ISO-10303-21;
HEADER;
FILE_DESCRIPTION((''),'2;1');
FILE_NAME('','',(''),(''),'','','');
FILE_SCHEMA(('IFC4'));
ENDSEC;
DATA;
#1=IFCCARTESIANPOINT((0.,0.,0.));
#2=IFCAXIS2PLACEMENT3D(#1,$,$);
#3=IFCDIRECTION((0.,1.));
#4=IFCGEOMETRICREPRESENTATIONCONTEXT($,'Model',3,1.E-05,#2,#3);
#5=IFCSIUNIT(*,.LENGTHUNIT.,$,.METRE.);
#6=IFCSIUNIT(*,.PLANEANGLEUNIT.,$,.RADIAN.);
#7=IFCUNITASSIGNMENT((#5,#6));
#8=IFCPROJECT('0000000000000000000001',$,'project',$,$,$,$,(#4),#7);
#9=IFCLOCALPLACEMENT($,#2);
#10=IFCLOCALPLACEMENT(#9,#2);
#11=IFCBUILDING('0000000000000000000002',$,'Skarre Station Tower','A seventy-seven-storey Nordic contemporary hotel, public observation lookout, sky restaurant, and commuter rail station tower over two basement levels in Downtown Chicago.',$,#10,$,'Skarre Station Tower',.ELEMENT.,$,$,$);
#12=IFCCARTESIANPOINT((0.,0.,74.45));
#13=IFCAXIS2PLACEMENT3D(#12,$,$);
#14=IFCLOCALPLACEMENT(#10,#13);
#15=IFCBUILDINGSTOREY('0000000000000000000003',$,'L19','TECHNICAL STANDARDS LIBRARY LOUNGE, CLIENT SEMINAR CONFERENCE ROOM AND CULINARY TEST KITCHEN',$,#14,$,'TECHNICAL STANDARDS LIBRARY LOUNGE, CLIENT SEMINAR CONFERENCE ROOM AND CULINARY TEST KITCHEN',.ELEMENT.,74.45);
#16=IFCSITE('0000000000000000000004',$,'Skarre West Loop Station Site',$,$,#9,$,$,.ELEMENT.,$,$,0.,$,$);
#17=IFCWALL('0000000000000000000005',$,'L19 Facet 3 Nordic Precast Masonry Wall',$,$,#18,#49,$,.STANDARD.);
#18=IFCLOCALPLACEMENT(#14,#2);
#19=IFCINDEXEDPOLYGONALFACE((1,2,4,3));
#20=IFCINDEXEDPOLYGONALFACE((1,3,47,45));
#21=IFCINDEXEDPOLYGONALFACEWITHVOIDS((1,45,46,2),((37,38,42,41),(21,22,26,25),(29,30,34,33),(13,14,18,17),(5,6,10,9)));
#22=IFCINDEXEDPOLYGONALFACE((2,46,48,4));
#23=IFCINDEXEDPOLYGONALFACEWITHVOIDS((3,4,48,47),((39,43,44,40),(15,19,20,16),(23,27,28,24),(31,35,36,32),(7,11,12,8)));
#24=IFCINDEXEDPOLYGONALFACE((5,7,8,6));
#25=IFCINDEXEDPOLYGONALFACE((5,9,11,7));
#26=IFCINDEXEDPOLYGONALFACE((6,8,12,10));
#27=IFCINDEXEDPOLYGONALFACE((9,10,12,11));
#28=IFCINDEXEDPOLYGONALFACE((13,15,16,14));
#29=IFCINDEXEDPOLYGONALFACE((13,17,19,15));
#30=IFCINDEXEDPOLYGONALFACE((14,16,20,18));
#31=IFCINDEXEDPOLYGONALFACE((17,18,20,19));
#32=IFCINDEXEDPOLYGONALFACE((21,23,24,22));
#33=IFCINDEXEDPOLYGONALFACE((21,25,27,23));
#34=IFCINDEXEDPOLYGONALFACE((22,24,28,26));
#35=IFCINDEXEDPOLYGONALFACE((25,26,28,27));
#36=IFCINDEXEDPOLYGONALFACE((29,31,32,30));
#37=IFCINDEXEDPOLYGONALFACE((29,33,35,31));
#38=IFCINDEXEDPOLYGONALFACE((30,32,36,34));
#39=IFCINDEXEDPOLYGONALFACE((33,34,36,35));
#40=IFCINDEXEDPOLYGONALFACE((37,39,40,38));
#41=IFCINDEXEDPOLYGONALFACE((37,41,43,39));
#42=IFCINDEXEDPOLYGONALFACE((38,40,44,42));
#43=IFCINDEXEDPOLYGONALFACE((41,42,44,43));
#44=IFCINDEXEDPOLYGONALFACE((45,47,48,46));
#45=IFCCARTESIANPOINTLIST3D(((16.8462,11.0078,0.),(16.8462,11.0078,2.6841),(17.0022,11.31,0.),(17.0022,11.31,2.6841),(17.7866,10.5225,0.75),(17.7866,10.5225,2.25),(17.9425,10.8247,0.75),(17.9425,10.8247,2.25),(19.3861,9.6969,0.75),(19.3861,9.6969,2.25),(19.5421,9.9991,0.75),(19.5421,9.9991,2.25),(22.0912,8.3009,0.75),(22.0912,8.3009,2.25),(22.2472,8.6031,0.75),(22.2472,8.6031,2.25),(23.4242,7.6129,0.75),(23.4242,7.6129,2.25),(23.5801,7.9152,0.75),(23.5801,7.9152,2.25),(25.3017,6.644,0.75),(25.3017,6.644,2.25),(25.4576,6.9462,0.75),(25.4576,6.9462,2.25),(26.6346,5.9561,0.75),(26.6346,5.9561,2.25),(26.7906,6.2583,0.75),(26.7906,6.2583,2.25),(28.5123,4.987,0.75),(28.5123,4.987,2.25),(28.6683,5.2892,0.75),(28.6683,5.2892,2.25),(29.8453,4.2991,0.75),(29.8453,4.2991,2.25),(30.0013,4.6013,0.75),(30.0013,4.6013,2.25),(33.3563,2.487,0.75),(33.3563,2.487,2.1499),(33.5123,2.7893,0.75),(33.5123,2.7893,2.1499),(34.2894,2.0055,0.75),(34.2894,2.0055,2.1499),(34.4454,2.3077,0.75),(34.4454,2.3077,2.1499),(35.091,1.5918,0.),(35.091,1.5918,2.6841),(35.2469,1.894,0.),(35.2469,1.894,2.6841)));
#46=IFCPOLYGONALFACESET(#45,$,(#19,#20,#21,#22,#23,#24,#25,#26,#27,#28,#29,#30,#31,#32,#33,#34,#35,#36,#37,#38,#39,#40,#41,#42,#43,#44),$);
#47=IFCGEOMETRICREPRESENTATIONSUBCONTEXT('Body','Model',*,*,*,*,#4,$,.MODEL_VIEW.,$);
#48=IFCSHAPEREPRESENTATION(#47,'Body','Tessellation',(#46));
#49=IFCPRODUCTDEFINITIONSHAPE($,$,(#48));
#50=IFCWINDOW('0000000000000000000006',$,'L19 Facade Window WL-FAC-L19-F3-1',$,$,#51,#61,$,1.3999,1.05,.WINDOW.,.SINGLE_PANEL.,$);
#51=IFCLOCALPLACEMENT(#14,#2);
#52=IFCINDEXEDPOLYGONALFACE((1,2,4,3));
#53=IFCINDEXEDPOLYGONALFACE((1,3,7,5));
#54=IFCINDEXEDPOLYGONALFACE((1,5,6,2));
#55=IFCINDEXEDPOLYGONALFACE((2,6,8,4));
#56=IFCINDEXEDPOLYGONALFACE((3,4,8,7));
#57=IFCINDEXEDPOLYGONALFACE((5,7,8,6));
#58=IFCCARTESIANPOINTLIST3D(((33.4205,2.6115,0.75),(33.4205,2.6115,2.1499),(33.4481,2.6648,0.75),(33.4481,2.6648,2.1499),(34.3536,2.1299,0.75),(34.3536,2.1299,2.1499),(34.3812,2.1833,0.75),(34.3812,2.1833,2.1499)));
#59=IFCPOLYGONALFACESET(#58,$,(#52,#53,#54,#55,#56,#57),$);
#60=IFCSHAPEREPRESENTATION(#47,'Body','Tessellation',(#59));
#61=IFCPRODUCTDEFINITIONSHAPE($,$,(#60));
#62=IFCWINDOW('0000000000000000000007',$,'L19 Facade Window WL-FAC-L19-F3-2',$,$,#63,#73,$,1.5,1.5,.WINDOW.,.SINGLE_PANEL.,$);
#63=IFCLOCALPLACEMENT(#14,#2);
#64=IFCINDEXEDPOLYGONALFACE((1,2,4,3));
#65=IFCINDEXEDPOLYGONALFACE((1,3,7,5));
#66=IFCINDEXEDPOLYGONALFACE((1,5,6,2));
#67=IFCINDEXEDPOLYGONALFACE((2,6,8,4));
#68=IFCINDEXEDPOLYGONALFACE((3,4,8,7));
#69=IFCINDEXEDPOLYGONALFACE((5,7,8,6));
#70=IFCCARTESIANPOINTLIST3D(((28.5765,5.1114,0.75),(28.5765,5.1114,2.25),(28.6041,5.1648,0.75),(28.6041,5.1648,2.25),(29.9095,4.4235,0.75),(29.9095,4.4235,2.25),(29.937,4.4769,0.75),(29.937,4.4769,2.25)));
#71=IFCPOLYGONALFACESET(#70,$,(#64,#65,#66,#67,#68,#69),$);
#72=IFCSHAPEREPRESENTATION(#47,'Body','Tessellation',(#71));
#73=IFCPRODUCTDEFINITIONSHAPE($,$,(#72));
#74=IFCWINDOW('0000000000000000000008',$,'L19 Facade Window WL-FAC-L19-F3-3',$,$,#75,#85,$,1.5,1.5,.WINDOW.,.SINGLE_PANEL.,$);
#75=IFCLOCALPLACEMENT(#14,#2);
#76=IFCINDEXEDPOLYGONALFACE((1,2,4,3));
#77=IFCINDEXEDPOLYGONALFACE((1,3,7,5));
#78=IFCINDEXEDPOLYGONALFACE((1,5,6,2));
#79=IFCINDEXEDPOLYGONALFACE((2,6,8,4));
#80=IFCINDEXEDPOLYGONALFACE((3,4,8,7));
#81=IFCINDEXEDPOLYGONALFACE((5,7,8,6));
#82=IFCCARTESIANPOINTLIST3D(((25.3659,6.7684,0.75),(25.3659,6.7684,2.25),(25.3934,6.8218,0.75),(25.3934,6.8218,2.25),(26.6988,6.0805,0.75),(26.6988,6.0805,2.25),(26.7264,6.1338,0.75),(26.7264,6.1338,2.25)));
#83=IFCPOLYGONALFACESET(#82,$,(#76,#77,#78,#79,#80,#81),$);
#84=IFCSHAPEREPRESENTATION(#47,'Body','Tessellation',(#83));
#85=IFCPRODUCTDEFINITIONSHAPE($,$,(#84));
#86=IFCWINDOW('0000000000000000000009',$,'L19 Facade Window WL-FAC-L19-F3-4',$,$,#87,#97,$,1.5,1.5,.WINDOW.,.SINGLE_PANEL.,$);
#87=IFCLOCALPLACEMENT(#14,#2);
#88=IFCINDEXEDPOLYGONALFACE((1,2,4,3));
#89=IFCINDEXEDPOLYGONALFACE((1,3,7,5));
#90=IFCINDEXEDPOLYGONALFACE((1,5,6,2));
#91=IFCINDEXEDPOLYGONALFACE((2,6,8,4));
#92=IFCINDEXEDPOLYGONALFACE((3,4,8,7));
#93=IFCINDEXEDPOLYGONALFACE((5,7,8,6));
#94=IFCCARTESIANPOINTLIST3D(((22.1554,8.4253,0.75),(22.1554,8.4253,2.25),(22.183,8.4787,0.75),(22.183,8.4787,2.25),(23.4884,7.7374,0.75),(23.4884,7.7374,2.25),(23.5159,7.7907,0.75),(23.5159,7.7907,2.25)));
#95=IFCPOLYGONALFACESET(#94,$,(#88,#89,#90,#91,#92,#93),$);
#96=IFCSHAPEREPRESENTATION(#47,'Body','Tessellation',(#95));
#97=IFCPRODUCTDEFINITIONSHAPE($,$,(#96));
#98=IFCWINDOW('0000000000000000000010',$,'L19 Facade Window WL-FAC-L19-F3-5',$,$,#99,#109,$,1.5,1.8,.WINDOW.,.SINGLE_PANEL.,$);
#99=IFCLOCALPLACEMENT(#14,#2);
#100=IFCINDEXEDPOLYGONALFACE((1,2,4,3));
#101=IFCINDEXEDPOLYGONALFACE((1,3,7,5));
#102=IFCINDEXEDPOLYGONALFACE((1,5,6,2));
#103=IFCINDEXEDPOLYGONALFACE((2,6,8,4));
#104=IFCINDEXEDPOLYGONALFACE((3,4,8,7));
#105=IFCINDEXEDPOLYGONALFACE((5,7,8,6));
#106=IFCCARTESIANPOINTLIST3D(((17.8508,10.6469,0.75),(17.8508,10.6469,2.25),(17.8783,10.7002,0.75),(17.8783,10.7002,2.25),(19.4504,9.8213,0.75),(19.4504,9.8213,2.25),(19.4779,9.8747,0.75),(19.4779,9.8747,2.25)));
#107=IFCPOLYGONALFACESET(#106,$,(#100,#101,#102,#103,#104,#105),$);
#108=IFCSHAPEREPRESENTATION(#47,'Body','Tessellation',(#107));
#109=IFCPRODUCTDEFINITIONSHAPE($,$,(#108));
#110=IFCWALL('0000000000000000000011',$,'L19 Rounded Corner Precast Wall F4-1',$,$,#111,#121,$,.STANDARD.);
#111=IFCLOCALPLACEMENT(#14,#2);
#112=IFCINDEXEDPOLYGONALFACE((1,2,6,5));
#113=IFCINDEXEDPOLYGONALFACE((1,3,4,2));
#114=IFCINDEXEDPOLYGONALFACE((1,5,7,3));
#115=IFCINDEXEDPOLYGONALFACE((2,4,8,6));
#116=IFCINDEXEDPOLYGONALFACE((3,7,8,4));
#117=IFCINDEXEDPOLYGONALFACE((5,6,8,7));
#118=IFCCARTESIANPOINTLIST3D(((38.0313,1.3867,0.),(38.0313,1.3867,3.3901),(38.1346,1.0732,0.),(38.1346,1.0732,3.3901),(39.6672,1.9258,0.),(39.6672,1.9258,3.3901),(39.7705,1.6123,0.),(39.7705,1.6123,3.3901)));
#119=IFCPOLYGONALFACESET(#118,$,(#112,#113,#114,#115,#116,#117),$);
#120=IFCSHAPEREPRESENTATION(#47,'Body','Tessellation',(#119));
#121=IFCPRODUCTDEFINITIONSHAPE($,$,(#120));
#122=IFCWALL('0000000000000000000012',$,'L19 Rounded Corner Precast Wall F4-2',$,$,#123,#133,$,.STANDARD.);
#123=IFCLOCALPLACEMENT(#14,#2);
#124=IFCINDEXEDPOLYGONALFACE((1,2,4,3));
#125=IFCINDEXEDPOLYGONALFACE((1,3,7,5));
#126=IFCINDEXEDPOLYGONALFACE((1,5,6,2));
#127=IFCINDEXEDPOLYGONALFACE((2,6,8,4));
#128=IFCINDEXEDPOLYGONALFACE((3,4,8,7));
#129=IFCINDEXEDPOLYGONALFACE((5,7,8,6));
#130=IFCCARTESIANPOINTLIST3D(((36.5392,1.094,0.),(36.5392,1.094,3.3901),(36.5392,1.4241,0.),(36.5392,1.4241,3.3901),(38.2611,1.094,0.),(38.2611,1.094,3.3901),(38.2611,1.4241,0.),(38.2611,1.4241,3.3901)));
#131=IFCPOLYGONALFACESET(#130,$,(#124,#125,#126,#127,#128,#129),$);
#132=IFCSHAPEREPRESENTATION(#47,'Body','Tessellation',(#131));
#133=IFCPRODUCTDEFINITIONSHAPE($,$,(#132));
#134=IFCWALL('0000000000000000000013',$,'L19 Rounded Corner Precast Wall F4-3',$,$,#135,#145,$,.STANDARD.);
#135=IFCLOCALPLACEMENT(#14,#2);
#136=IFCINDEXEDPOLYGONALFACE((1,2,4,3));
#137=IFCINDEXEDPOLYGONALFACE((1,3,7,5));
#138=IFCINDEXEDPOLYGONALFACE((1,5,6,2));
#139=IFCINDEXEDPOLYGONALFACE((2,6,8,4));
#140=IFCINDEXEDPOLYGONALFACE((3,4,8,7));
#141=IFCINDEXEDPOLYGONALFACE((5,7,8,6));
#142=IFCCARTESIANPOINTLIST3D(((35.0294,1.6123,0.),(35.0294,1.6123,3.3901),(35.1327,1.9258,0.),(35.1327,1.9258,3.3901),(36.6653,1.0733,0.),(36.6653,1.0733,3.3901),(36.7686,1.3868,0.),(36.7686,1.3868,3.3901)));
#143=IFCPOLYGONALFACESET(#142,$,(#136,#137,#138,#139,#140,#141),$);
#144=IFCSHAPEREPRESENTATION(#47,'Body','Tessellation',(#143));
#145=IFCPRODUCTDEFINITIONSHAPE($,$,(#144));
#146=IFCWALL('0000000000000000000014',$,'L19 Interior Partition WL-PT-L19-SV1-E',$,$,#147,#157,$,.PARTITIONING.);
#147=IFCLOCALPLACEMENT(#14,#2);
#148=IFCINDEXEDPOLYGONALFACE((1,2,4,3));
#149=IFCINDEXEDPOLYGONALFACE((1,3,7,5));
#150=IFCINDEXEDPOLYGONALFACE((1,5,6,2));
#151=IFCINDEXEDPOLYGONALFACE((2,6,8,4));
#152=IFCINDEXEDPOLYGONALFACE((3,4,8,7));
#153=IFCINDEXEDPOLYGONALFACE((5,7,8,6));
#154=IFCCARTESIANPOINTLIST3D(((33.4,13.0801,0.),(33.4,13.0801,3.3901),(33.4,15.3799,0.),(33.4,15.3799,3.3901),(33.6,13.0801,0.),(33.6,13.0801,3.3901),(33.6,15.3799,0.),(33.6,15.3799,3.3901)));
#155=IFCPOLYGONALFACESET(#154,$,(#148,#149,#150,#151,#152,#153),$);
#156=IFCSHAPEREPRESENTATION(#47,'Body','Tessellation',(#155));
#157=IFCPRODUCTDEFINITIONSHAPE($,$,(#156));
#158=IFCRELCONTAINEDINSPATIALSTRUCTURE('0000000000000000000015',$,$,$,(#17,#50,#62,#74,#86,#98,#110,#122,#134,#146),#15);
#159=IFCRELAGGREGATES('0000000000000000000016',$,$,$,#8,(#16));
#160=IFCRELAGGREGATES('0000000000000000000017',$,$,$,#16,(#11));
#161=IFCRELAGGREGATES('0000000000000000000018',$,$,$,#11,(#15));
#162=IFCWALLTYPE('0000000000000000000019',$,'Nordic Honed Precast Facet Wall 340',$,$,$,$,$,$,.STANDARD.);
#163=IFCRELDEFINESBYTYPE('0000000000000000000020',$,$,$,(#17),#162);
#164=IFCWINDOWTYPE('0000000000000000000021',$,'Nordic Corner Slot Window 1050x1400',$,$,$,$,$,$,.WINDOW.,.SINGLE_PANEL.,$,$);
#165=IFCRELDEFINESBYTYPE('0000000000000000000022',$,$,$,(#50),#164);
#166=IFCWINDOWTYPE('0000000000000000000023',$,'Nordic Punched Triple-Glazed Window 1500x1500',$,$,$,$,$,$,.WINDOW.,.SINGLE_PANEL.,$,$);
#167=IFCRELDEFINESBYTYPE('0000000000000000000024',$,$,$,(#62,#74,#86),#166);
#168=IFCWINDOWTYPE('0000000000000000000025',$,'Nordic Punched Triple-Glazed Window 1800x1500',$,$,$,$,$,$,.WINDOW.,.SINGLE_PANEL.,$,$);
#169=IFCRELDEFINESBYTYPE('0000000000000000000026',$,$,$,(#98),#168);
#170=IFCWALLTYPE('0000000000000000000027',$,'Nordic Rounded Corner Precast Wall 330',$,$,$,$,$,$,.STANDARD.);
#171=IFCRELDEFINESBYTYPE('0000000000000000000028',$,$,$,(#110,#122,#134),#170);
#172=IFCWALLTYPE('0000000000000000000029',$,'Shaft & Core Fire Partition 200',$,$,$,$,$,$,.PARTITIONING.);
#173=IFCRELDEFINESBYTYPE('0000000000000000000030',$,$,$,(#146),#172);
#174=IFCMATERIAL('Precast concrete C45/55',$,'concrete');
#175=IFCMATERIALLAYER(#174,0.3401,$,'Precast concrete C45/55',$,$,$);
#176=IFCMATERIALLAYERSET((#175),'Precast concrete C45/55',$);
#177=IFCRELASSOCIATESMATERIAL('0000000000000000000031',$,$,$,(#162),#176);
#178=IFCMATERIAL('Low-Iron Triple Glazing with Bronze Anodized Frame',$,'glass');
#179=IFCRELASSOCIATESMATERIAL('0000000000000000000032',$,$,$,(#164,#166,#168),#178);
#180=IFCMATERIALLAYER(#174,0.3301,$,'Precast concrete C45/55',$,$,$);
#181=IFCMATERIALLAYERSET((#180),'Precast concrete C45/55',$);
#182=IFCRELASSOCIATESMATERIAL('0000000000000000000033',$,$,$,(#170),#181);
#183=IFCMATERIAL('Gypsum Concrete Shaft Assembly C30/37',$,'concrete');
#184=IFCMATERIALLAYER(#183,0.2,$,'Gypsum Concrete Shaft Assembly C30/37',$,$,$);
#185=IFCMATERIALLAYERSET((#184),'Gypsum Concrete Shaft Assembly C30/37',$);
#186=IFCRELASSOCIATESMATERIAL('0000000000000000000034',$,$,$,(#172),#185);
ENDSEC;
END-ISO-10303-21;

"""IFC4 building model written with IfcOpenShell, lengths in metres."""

from ifc_helpers import new_model, si_unit, direction, frame, frame_2d, origin, place, context, subcontext, project, spatial, rectangle, extrude, material, layer, layer_set, type_object, element, fill, save


model = new_model("IFC4")

# Units and contexts
model_context = context("Model", 3, precision=1e-05, world=origin(), true_north=direction((0.0, 1.0)))
body_context = subcontext(model_context, "Body", "Model", "MODEL_VIEW")
ifc_project = project(units=[si_unit("LENGTHUNIT", "METRE"), si_unit("PLANEANGLEUNIT", "RADIAN")], contexts=[model_context])

# Site, building, storey
site_placement = place(None, origin())
site = spatial("IfcSite", under=ifc_project, at=site_placement, Name="Skarre West Loop Station Site", CompositionType="ELEMENT", RefElevation=0.0)
building_placement = place(site_placement, origin())
building = spatial("IfcBuilding", under=site, at=building_placement, Name="Skarre Station Tower", Description="A seventy-seven-storey Nordic contemporary hotel, public observation lookout, sky restaurant, and commuter rail station tower over two basement levels in Downtown Chicago.", LongName="Skarre Station Tower", CompositionType="ELEMENT")
storey_placement = place(building_placement, frame((0.0, 0.0, 74.45)))
storey = spatial("IfcBuildingStorey", under=building, at=storey_placement, Name="L19", Description="TECHNICAL STANDARDS LIBRARY LOUNGE, CLIENT SEMINAR CONFERENCE ROOM AND CULINARY TEST KITCHEN", LongName="TECHNICAL STANDARDS LIBRARY LOUNGE, CLIENT SEMINAR CONFERENCE ROOM AND CULINARY TEST KITCHEN", CompositionType="ELEMENT", Elevation=74.45)

# Wall, openings, windows
ifc_material_1 = material(Name="Precast concrete C45/55", Category="concrete")
ifc_layer_1 = layer(ifc_material_1, 0.3401, Name="Precast concrete C45/55")
ifc_layer_set_1 = layer_set([ifc_layer_1], Name="Precast concrete C45/55")
wall_type_1 = type_object("IfcWallType", Name="Nordic Honed Precast Facet Wall 340", PredefinedType="STANDARD", material=ifc_layer_set_1)
wall_1_placement = place(storey_placement, frame((35.1689, 1.7429, 0.0), z_axis=(0.0, 0.0, 1.0), x_axis=(-0.888634, 0.458616, 0.0)))
wall_1 = element("IfcWall", 1, at=wall_1_placement, inside=storey, type_object=wall_type_1, Name="L19 Facet 3 Nordic Precast Masonry Wall", PredefinedType="STANDARD", context=body_context, shape_type="SweptSolid", body=[
    extrude(rectangle(XDim=20.5312, YDim=0.3401, at=frame_2d((10.2656, 0.0))), origin(), (0.0, 0.0, 1.0), 2.6841),
])
opening_1_placement = place(wall_1_placement, frame((0.9021, 0.0, 0.75)))
opening_1 = element("IfcOpeningElement", 2, at=opening_1_placement, cuts=wall_1, PredefinedType="OPENING", context=body_context, shape_type="SweptSolid", body=[
    extrude(rectangle(XDim=1.05, YDim=1.3999, at=frame_2d((0.5249, 0.7))), frame((0.0, 0.1799, 0.0), z_axis=(0.0, -1.0, 0.0), x_axis=(1.0, 0.0, 0.0)), (0.0, 0.0, 1.0), 0.3601),
])
opening_2_placement = place(wall_1_placement, frame((5.9031, 0.0, 0.75)))
opening_2 = element("IfcOpeningElement", 3, at=opening_2_placement, cuts=wall_1, PredefinedType="OPENING", context=body_context, shape_type="SweptSolid", body=[
    extrude(rectangle(XDim=1.5, YDim=1.5, at=frame_2d((0.75, 0.75))), frame((0.0, 0.1799, 0.0), z_axis=(0.0, -1.0, 0.0), x_axis=(1.0, 0.0, 0.0)), (0.0, 0.0, 1.0), 0.3601),
])
opening_3_placement = place(wall_1_placement, frame((9.5161, 0.0, 0.75)))
opening_3 = element("IfcOpeningElement", 4, at=opening_3_placement, cuts=wall_1, PredefinedType="OPENING", context=body_context, shape_type="SweptSolid", body=[
    extrude(rectangle(XDim=1.5, YDim=1.5, at=frame_2d((0.75, 0.75))), frame((0.0, 0.1799, 0.0), z_axis=(0.0, -1.0, 0.0), x_axis=(1.0, 0.0, 0.0)), (0.0, 0.0, 1.0), 0.3601),
])
opening_4_placement = place(wall_1_placement, frame((13.1289, 0.0, 0.75)))
opening_4 = element("IfcOpeningElement", 5, at=opening_4_placement, cuts=wall_1, PredefinedType="OPENING", context=body_context, shape_type="SweptSolid", body=[
    extrude(rectangle(XDim=1.5, YDim=1.5, at=frame_2d((0.75, 0.75))), frame((0.0, 0.1799, 0.0), z_axis=(0.0, -1.0, 0.0), x_axis=(1.0, 0.0, 0.0)), (0.0, 0.0, 1.0), 0.3601),
])
opening_5_placement = place(wall_1_placement, frame((17.6731, 0.0, 0.75)))
opening_5 = element("IfcOpeningElement", 6, at=opening_5_placement, cuts=wall_1, PredefinedType="OPENING", context=body_context, shape_type="SweptSolid", body=[
    extrude(rectangle(XDim=1.8, YDim=1.5, at=frame_2d((0.8999, 0.75))), frame((0.0, 0.1799, 0.0), z_axis=(0.0, -1.0, 0.0), x_axis=(1.0, 0.0, 0.0)), (0.0, 0.0, 1.0), 0.3601),
])
ifc_material_2 = material(Name="Low-Iron Triple Glazing with Bronze Anodized Frame", Category="glass")
window_type_1 = type_object("IfcWindowType", Name="Nordic Corner Slot Window 1050x1400", PartitioningType="SINGLE_PANEL", PredefinedType="WINDOW", material=ifc_material_2)
window_1_placement = place(opening_1_placement, origin())
window_1 = element("IfcWindow", 7, at=window_1_placement, inside=storey, type_object=window_type_1, Name="L19 Facade Window WL-FAC-L19-F3-1", OverallHeight=1.3999, OverallWidth=1.05, PartitioningType="SINGLE_PANEL", PredefinedType="WINDOW", context=body_context, shape_type="SweptSolid", body=[
    extrude(rectangle(XDim=1.05, YDim=1.3999, at=frame_2d((0.5249, 0.7))), frame((0.0, 0.03, 0.0), z_axis=(0.0, -1.0, 0.0), x_axis=(1.0, 0.0, 0.0)), (0.0, 0.0, 1.0), 0.0601),
])
fill(opening_1, window_1)
window_type_2 = type_object("IfcWindowType", Name="Nordic Punched Triple-Glazed Window 1500x1500", PartitioningType="SINGLE_PANEL", PredefinedType="WINDOW", material=ifc_material_2)
window_2_placement = place(opening_2_placement, origin())
window_2 = element("IfcWindow", 8, at=window_2_placement, inside=storey, type_object=window_type_2, Name="L19 Facade Window WL-FAC-L19-F3-2", OverallHeight=1.5, OverallWidth=1.5, PartitioningType="SINGLE_PANEL", PredefinedType="WINDOW", context=body_context, shape_type="SweptSolid", body=[
    extrude(rectangle(XDim=1.5, YDim=1.5, at=frame_2d((0.75, 0.75))), frame((0.0, 0.03, 0.0), z_axis=(0.0, -1.0, 0.0), x_axis=(1.0, 0.0, 0.0)), (0.0, 0.0, 1.0), 0.0601),
])
fill(opening_2, window_2)
window_3_placement = place(opening_3_placement, origin())
window_3 = element("IfcWindow", 9, at=window_3_placement, inside=storey, type_object=window_type_2, Name="L19 Facade Window WL-FAC-L19-F3-3", OverallHeight=1.5, OverallWidth=1.5, PartitioningType="SINGLE_PANEL", PredefinedType="WINDOW", context=body_context, shape_type="SweptSolid", body=[
    extrude(rectangle(XDim=1.5, YDim=1.5, at=frame_2d((0.75, 0.75))), frame((0.0, 0.03, 0.0), z_axis=(0.0, -1.0, 0.0), x_axis=(1.0, 0.0, 0.0)), (0.0, 0.0, 1.0), 0.0601),
])
fill(opening_3, window_3)
window_4_placement = place(opening_4_placement, origin())
window_4 = element("IfcWindow", 10, at=window_4_placement, inside=storey, type_object=window_type_2, Name="L19 Facade Window WL-FAC-L19-F3-4", OverallHeight=1.5, OverallWidth=1.5, PartitioningType="SINGLE_PANEL", PredefinedType="WINDOW", context=body_context, shape_type="SweptSolid", body=[
    extrude(rectangle(XDim=1.5, YDim=1.5, at=frame_2d((0.75, 0.75))), frame((0.0, 0.03, 0.0), z_axis=(0.0, -1.0, 0.0), x_axis=(1.0, 0.0, 0.0)), (0.0, 0.0, 1.0), 0.0601),
])
fill(opening_4, window_4)
window_type_3 = type_object("IfcWindowType", Name="Nordic Punched Triple-Glazed Window 1800x1500", PartitioningType="SINGLE_PANEL", PredefinedType="WINDOW", material=ifc_material_2)
window_5_placement = place(opening_5_placement, origin())
window_5 = element("IfcWindow", 11, at=window_5_placement, inside=storey, type_object=window_type_3, Name="L19 Facade Window WL-FAC-L19-F3-5", OverallHeight=1.5, OverallWidth=1.8, PartitioningType="SINGLE_PANEL", PredefinedType="WINDOW", context=body_context, shape_type="SweptSolid", body=[
    extrude(rectangle(XDim=1.8, YDim=1.5, at=frame_2d((0.8999, 0.75))), frame((0.0, 0.03, 0.0), z_axis=(0.0, -1.0, 0.0), x_axis=(1.0, 0.0, 0.0)), (0.0, 0.0, 1.0), 0.0601),
])
fill(opening_5, window_5)

# Walls
ifc_layer_2 = layer(ifc_material_1, 0.3301, Name="Precast concrete C45/55")
ifc_layer_set_2 = layer_set([ifc_layer_2], Name="Precast concrete C45/55")
wall_type_2 = type_object("IfcWallType", Name="Nordic Rounded Corner Precast Wall 330", PredefinedType="STANDARD", material=ifc_layer_set_2)
wall_2_placement = place(storey_placement, frame((39.719, 1.769, 0.0), z_axis=(0.0, 0.0, 1.0), x_axis=(-0.949769, -0.312952, 0.0)))
element("IfcWall", 12, at=wall_2_placement, inside=storey, type_object=wall_type_2, Name="L19 Rounded Corner Precast Wall F4-1", PredefinedType="STANDARD", context=body_context, shape_type="SweptSolid", body=[
    extrude(rectangle(XDim=1.7224, YDim=0.3301, at=frame_2d((0.8613, 0.0))), origin(), (0.0, 0.0, 1.0), 3.3901),
])
wall_3_placement = place(storey_placement, frame((38.261, 1.259, 0.0), z_axis=(0.0, 0.0, 1.0), x_axis=(-1.0, 0.0, 0.0)))
element("IfcWall", 13, at=wall_3_placement, inside=storey, type_object=wall_type_2, Name="L19 Rounded Corner Precast Wall F4-2", PredefinedType="STANDARD", context=body_context, shape_type="SweptSolid", body=[
    extrude(rectangle(XDim=1.7219, YDim=0.3301, at=frame_2d((0.8608, 0.0))), origin(), (0.0, 0.0, 1.0), 3.3901),
])
wall_4_placement = place(storey_placement, frame((36.717, 1.23, 0.0), z_axis=(0.0, 0.0, 1.0), x_axis=(-0.949769, 0.312952, 0.0)))
element("IfcWall", 14, at=wall_4_placement, inside=storey, type_object=wall_type_2, Name="L19 Rounded Corner Precast Wall F4-3", PredefinedType="STANDARD", context=body_context, shape_type="SweptSolid", body=[
    extrude(rectangle(XDim=1.7224, YDim=0.3301, at=frame_2d((0.8613, 0.0))), origin(), (0.0, 0.0, 1.0), 3.3901),
])
ifc_material_3 = material(Name="Gypsum Concrete Shaft Assembly C30/37", Category="concrete")
ifc_layer_3 = layer(ifc_material_3, 0.2, Name="Gypsum Concrete Shaft Assembly C30/37")
ifc_layer_set_3 = layer_set([ifc_layer_3], Name="Gypsum Concrete Shaft Assembly C30/37")
wall_type_3 = type_object("IfcWallType", Name="Shaft & Core Fire Partition 200", PredefinedType="PARTITIONING", material=ifc_layer_set_3)
wall_5_placement = place(storey_placement, frame((33.5, 13.0801, 0.0), z_axis=(0.0, 0.0, 1.0), x_axis=(0.0, 1.0, 0.0)))
element("IfcWall", 15, at=wall_5_placement, inside=storey, type_object=wall_type_3, Name="L19 Interior Partition WL-PT-L19-SV1-E", PredefinedType="PARTITIONING", context=body_context, shape_type="SweptSolid", body=[
    extrude(rectangle(XDim=2.2998, YDim=0.2, at=frame_2d((1.1499, 0.0))), origin(), (0.0, 0.0, 1.0), 3.3901),
])

save(model, "model.ifc")
